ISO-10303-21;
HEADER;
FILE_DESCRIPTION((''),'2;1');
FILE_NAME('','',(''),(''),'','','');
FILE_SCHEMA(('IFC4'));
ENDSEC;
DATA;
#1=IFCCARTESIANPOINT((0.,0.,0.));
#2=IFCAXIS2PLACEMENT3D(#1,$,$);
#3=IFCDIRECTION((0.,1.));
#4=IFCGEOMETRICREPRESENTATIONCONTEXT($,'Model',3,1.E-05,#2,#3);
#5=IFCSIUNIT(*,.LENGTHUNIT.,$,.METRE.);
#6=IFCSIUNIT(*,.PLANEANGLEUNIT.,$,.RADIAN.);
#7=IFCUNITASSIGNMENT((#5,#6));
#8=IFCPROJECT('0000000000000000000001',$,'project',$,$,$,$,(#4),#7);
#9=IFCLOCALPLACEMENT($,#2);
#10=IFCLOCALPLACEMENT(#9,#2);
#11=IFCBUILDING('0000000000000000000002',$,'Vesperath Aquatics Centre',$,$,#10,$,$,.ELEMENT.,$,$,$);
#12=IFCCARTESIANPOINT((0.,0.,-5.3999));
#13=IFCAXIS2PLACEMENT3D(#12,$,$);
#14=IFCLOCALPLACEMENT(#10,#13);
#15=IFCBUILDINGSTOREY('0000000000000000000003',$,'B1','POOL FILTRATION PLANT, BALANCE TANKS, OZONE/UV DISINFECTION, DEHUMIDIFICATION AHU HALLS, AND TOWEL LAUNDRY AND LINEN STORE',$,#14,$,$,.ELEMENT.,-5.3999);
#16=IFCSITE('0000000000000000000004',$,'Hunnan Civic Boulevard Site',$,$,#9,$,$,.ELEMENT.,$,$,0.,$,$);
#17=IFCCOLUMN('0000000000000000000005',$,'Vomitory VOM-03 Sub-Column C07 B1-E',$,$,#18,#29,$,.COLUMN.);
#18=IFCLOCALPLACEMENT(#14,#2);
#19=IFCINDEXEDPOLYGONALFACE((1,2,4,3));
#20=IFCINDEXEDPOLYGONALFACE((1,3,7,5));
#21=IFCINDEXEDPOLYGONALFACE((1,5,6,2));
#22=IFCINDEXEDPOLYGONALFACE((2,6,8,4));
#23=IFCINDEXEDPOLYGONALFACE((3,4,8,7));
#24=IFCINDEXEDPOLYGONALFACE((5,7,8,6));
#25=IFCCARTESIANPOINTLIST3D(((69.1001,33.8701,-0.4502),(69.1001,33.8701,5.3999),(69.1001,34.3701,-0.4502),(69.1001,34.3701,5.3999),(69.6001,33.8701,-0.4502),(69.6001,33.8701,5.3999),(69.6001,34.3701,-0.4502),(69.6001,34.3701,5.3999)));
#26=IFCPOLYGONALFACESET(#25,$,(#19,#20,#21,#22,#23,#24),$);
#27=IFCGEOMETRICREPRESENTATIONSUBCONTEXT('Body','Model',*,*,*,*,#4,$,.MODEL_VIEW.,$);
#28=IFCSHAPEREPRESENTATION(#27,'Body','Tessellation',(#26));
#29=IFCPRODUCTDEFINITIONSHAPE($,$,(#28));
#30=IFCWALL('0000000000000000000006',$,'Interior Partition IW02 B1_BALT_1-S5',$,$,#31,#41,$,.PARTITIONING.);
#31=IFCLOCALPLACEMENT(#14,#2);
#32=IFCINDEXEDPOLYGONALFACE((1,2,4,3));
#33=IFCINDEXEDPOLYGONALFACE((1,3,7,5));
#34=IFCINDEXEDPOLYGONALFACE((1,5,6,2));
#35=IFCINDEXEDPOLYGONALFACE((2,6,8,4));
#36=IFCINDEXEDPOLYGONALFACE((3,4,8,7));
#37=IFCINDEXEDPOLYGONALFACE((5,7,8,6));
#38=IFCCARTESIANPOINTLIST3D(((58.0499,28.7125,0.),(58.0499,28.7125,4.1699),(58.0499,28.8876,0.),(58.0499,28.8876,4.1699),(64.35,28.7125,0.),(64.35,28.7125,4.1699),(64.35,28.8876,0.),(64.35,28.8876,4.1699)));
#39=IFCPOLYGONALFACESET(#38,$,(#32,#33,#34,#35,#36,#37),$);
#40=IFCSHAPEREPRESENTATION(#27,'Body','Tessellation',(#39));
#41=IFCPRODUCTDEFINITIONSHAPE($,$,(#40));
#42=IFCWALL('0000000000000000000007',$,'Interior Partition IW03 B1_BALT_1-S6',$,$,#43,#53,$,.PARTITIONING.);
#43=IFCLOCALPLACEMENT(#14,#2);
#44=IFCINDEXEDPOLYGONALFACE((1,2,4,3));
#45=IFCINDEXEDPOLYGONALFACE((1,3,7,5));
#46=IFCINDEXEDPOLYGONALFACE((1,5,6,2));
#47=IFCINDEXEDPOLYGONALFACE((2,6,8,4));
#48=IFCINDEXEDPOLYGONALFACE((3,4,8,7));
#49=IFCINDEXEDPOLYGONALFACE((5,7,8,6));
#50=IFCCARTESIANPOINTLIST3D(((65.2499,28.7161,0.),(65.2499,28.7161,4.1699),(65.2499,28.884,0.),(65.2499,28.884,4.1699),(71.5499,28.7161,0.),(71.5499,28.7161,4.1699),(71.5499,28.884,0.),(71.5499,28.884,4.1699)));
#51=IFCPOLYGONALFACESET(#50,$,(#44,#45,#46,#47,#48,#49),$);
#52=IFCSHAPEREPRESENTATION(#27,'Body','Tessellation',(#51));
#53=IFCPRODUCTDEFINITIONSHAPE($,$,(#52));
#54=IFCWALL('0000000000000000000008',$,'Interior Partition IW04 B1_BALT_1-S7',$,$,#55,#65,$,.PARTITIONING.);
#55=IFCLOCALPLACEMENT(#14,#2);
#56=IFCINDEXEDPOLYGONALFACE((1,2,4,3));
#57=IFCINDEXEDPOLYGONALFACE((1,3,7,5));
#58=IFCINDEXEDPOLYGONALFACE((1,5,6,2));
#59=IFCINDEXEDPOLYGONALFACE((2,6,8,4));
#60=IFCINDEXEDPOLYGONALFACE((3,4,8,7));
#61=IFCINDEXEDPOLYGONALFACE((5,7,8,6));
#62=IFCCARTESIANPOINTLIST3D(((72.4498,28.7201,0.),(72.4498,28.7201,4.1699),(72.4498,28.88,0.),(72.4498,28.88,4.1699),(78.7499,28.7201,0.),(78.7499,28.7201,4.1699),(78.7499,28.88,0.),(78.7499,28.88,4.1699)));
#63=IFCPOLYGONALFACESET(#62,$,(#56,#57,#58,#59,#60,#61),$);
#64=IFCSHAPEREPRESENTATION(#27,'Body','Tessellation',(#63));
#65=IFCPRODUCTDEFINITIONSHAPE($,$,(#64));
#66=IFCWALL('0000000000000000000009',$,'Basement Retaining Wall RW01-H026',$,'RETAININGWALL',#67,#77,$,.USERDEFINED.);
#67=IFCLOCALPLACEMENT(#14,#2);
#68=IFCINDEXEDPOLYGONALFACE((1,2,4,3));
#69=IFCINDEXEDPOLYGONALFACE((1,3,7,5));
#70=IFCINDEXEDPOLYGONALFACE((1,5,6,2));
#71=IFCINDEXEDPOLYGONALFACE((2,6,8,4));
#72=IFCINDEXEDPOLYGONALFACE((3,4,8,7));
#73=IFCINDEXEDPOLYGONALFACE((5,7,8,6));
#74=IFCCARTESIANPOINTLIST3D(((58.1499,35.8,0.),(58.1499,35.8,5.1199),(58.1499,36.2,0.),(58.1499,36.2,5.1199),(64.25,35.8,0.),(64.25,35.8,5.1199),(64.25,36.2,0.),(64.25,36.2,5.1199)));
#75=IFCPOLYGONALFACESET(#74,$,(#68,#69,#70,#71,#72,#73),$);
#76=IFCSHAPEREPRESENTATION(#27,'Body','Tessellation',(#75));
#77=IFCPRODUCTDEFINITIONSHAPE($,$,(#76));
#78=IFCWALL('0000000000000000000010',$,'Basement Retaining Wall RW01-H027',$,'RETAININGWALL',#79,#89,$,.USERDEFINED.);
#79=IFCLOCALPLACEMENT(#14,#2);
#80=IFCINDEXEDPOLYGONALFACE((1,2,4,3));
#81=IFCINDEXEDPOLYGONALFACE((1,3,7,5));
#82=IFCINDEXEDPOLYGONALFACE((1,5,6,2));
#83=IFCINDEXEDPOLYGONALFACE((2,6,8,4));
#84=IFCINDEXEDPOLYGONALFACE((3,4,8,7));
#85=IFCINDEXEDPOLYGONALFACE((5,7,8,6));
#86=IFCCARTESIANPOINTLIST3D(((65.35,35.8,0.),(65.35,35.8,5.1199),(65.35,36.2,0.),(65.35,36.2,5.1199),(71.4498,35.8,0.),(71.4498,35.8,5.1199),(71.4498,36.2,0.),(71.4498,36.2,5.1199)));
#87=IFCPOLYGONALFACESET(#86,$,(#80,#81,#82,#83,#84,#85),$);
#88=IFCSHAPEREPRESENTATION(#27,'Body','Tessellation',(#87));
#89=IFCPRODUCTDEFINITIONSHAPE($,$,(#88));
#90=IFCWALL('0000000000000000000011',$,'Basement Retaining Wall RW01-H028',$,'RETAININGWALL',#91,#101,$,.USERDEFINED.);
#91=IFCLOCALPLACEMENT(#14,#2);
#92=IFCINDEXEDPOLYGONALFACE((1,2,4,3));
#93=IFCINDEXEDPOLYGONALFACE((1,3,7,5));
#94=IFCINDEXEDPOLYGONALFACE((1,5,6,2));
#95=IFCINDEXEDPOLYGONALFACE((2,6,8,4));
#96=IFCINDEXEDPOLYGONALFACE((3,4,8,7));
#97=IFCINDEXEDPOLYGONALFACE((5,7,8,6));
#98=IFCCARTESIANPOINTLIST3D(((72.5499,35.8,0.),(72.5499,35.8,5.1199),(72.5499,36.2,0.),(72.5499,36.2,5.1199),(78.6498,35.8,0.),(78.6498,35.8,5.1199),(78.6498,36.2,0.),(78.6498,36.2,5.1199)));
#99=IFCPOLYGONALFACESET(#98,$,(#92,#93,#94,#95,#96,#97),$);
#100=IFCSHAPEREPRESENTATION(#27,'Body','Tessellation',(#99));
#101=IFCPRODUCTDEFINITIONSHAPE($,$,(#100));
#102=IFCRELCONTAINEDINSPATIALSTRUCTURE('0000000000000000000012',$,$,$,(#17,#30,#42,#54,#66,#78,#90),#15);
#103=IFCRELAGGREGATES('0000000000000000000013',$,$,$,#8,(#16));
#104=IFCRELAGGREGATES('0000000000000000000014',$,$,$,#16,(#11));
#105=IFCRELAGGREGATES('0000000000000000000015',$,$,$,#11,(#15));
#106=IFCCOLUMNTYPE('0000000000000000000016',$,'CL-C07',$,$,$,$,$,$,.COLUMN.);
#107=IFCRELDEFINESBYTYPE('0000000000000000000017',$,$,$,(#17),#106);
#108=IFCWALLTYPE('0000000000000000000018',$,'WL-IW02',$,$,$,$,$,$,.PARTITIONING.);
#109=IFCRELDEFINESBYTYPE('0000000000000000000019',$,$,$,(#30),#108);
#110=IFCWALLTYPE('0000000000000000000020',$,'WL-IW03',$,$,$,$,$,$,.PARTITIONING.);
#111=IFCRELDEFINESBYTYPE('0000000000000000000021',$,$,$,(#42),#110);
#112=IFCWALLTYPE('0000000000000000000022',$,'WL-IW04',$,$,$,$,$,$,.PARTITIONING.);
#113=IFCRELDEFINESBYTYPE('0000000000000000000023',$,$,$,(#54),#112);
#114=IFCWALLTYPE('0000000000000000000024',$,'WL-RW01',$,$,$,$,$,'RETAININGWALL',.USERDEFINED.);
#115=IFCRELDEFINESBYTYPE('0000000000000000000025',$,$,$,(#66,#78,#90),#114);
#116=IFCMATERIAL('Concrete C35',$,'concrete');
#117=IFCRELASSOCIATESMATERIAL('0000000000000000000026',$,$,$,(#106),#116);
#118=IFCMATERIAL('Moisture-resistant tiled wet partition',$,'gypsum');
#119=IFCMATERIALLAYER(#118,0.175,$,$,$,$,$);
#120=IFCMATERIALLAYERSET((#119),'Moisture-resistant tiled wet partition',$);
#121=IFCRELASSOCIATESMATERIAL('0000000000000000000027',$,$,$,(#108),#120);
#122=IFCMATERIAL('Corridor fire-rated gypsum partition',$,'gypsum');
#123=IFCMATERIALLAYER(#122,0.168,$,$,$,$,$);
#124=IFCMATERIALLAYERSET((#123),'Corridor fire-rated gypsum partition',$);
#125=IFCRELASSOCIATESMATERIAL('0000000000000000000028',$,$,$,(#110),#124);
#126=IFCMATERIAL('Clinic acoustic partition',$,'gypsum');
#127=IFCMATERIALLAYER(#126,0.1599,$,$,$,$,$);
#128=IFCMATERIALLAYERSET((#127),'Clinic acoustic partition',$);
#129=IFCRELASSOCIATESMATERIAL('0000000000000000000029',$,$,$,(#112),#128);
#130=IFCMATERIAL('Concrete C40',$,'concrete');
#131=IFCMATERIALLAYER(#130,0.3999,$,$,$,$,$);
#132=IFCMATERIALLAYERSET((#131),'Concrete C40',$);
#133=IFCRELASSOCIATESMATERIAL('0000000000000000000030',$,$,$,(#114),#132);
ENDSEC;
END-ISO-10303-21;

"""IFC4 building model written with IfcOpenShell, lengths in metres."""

from ifc_helpers import new_model, si_unit, direction, frame, frame_2d, origin, origin_2d, place, context, subcontext, project, spatial, rectangle, extrude, material, layer, layer_set, material_profile, profile_set, type_object, element, save


model = new_model("IFC4")

# Units and contexts
model_context = context("Model", 3, precision=1e-05, world=origin(), true_north=direction((0.0, 1.0)))
body_context = subcontext(model_context, "Body", "Model", "MODEL_VIEW")
ifc_project = project(units=[si_unit("LENGTHUNIT", "METRE"), si_unit("PLANEANGLEUNIT", "RADIAN")], contexts=[model_context])

# Site, building, storey
site_placement = place(None, origin())
site = spatial("IfcSite", under=ifc_project, at=site_placement, Name="Hunnan Civic Boulevard Site", CompositionType="ELEMENT", RefElevation=0.0)
building_placement = place(site_placement, origin())
building = spatial("IfcBuilding", under=site, at=building_placement, Name="Vesperath Aquatics Centre", CompositionType="ELEMENT")
storey_placement = place(building_placement, frame((0.0, 0.0, -5.3999)))
storey = spatial("IfcBuildingStorey", under=building, at=storey_placement, Name="B1", Description="POOL FILTRATION PLANT, BALANCE TANKS, OZONE/UV DISINFECTION, DEHUMIDIFICATION AHU HALLS, AND TOWEL LAUNDRY AND LINEN STORE", CompositionType="ELEMENT", Elevation=-5.3999)

# Shared definitions
ifc_material_1 = material(Name="Concrete C40", Category="concrete")

# Shared definitions
ifc_material_2 = material(Name="Concrete C35", Category="concrete")

# Column
ifc_material_profile_1 = material_profile(ifc_material_2, rectangle(XDim=0.5, YDim=0.5, at=origin_2d()), Name="RC 500x500")
ifc_profile_set_1 = profile_set([ifc_material_profile_1], Name="Concrete C35")
column_type_1 = type_object("IfcColumnType", Name="CL-C07", PredefinedType="COLUMN", material=ifc_profile_set_1)
for number, where, z_axis, x_axis, name in (
    (1, (69.3501, 34.1201, -0.4502), (0.0, 0.0, 1.0), (1.0, 0.0, 0.0), "Vomitory VOM-03 Sub-Column C07 B1-E"),
):
    element("IfcColumn", number, at=place(storey_placement, frame(where, z_axis=z_axis, x_axis=x_axis)), inside=storey, type_object=column_type_1, Name=name, PredefinedType="COLUMN", context=body_context, shape_type="SweptSolid", body=[
        extrude(rectangle(XDim=0.5, YDim=0.5, at=origin_2d()), origin(), (0.0, 0.0, 1.0), 5.8501),
    ])

# Walls
ifc_material_3 = material(Name="Moisture-resistant tiled wet partition", Category="gypsum")
ifc_layer_1 = layer(ifc_material_3, 0.175)
ifc_layer_set_1 = layer_set([ifc_layer_1], Name="Moisture-resistant tiled wet partition")
wall_type_1 = type_object("IfcWallType", Name="WL-IW02", PredefinedType="PARTITIONING", material=ifc_layer_set_1)
wall_1_placement = place(storey_placement, frame((58.05, 28.8, 0.0), z_axis=(0.0, 0.0, 1.0), x_axis=(1.0, 0.0, 0.0)))
element("IfcWall", 2, at=wall_1_placement, inside=storey, type_object=wall_type_1, Name="Interior Partition IW02 B1_BALT_1-S5", PredefinedType="PARTITIONING", context=body_context, shape_type="SweptSolid", body=[
    extrude(rectangle(XDim=6.3, YDim=0.175, at=frame_2d((3.1499, 0.0))), origin(), (0.0, 0.0, 1.0), 4.1699),
])
ifc_material_4 = material(Name="Corridor fire-rated gypsum partition", Category="gypsum")
ifc_layer_2 = layer(ifc_material_4, 0.168)
ifc_layer_set_2 = layer_set([ifc_layer_2], Name="Corridor fire-rated gypsum partition")
wall_type_2 = type_object("IfcWallType", Name="WL-IW03", PredefinedType="PARTITIONING", material=ifc_layer_set_2)
wall_2_placement = place(storey_placement, frame((65.25, 28.8, 0.0), z_axis=(0.0, 0.0, 1.0), x_axis=(1.0, 0.0, 0.0)))
element("IfcWall", 3, at=wall_2_placement, inside=storey, type_object=wall_type_2, Name="Interior Partition IW03 B1_BALT_1-S6", PredefinedType="PARTITIONING", context=body_context, shape_type="SweptSolid", body=[
    extrude(rectangle(XDim=6.3, YDim=0.168, at=frame_2d((3.1499, 0.0))), origin(), (0.0, 0.0, 1.0), 4.1699),
])
ifc_material_5 = material(Name="Clinic acoustic partition", Category="gypsum")
ifc_layer_3 = layer(ifc_material_5, 0.1599)
ifc_layer_set_3 = layer_set([ifc_layer_3], Name="Clinic acoustic partition")
wall_type_3 = type_object("IfcWallType", Name="WL-IW04", PredefinedType="PARTITIONING", material=ifc_layer_set_3)
wall_3_placement = place(storey_placement, frame((72.45, 28.8, 0.0), z_axis=(0.0, 0.0, 1.0), x_axis=(1.0, 0.0, 0.0)))
element("IfcWall", 4, at=wall_3_placement, inside=storey, type_object=wall_type_3, Name="Interior Partition IW04 B1_BALT_1-S7", PredefinedType="PARTITIONING", context=body_context, shape_type="SweptSolid", body=[
    extrude(rectangle(XDim=6.3, YDim=0.1599, at=frame_2d((3.1499, 0.0))), origin(), (0.0, 0.0, 1.0), 4.1699),
])
ifc_layer_4 = layer(ifc_material_1, 0.3999)
ifc_layer_set_4 = layer_set([ifc_layer_4], Name="Concrete C40")
wall_type_4 = type_object("IfcWallType", Name="WL-RW01", ElementType="RETAININGWALL", PredefinedType="USERDEFINED", material=ifc_layer_set_4)
wall_4_placement = place(storey_placement, frame((58.1499, 36.0, 0.0), z_axis=(0.0, 0.0, 1.0), x_axis=(1.0, 0.0, 0.0)))
element("IfcWall", 5, at=wall_4_placement, inside=storey, type_object=wall_type_4, Name="Basement Retaining Wall RW01-H026", ObjectType="RETAININGWALL", PredefinedType="USERDEFINED", context=body_context, shape_type="SweptSolid", body=[
    extrude(rectangle(XDim=6.1001, YDim=0.3999, at=frame_2d((3.05, 0.0))), origin(), (0.0, 0.0, 1.0), 5.1199),
])
for number, where, z_axis, x_axis, name in (
    (6, (65.3501, 36.0, 0.0), (0.0, 0.0, 1.0), (1.0, 0.0, 0.0), "Basement Retaining Wall RW01-H027"),
    (7, (72.55, 36.0, 0.0), (0.0, 0.0, 1.0), (1.0, 0.0, 0.0), "Basement Retaining Wall RW01-H028"),
):
    element("IfcWall", number, at=place(storey_placement, frame(where, z_axis=z_axis, x_axis=x_axis)), inside=storey, type_object=wall_type_4, Name=name, ObjectType="RETAININGWALL", PredefinedType="USERDEFINED", context=body_context, shape_type="SweptSolid", body=[
        extrude(rectangle(XDim=6.0999, YDim=0.3999, at=frame_2d((3.0498, 0.0))), origin(), (0.0, 0.0, 1.0), 5.1199),
    ])

save(model, "model.ifc")
